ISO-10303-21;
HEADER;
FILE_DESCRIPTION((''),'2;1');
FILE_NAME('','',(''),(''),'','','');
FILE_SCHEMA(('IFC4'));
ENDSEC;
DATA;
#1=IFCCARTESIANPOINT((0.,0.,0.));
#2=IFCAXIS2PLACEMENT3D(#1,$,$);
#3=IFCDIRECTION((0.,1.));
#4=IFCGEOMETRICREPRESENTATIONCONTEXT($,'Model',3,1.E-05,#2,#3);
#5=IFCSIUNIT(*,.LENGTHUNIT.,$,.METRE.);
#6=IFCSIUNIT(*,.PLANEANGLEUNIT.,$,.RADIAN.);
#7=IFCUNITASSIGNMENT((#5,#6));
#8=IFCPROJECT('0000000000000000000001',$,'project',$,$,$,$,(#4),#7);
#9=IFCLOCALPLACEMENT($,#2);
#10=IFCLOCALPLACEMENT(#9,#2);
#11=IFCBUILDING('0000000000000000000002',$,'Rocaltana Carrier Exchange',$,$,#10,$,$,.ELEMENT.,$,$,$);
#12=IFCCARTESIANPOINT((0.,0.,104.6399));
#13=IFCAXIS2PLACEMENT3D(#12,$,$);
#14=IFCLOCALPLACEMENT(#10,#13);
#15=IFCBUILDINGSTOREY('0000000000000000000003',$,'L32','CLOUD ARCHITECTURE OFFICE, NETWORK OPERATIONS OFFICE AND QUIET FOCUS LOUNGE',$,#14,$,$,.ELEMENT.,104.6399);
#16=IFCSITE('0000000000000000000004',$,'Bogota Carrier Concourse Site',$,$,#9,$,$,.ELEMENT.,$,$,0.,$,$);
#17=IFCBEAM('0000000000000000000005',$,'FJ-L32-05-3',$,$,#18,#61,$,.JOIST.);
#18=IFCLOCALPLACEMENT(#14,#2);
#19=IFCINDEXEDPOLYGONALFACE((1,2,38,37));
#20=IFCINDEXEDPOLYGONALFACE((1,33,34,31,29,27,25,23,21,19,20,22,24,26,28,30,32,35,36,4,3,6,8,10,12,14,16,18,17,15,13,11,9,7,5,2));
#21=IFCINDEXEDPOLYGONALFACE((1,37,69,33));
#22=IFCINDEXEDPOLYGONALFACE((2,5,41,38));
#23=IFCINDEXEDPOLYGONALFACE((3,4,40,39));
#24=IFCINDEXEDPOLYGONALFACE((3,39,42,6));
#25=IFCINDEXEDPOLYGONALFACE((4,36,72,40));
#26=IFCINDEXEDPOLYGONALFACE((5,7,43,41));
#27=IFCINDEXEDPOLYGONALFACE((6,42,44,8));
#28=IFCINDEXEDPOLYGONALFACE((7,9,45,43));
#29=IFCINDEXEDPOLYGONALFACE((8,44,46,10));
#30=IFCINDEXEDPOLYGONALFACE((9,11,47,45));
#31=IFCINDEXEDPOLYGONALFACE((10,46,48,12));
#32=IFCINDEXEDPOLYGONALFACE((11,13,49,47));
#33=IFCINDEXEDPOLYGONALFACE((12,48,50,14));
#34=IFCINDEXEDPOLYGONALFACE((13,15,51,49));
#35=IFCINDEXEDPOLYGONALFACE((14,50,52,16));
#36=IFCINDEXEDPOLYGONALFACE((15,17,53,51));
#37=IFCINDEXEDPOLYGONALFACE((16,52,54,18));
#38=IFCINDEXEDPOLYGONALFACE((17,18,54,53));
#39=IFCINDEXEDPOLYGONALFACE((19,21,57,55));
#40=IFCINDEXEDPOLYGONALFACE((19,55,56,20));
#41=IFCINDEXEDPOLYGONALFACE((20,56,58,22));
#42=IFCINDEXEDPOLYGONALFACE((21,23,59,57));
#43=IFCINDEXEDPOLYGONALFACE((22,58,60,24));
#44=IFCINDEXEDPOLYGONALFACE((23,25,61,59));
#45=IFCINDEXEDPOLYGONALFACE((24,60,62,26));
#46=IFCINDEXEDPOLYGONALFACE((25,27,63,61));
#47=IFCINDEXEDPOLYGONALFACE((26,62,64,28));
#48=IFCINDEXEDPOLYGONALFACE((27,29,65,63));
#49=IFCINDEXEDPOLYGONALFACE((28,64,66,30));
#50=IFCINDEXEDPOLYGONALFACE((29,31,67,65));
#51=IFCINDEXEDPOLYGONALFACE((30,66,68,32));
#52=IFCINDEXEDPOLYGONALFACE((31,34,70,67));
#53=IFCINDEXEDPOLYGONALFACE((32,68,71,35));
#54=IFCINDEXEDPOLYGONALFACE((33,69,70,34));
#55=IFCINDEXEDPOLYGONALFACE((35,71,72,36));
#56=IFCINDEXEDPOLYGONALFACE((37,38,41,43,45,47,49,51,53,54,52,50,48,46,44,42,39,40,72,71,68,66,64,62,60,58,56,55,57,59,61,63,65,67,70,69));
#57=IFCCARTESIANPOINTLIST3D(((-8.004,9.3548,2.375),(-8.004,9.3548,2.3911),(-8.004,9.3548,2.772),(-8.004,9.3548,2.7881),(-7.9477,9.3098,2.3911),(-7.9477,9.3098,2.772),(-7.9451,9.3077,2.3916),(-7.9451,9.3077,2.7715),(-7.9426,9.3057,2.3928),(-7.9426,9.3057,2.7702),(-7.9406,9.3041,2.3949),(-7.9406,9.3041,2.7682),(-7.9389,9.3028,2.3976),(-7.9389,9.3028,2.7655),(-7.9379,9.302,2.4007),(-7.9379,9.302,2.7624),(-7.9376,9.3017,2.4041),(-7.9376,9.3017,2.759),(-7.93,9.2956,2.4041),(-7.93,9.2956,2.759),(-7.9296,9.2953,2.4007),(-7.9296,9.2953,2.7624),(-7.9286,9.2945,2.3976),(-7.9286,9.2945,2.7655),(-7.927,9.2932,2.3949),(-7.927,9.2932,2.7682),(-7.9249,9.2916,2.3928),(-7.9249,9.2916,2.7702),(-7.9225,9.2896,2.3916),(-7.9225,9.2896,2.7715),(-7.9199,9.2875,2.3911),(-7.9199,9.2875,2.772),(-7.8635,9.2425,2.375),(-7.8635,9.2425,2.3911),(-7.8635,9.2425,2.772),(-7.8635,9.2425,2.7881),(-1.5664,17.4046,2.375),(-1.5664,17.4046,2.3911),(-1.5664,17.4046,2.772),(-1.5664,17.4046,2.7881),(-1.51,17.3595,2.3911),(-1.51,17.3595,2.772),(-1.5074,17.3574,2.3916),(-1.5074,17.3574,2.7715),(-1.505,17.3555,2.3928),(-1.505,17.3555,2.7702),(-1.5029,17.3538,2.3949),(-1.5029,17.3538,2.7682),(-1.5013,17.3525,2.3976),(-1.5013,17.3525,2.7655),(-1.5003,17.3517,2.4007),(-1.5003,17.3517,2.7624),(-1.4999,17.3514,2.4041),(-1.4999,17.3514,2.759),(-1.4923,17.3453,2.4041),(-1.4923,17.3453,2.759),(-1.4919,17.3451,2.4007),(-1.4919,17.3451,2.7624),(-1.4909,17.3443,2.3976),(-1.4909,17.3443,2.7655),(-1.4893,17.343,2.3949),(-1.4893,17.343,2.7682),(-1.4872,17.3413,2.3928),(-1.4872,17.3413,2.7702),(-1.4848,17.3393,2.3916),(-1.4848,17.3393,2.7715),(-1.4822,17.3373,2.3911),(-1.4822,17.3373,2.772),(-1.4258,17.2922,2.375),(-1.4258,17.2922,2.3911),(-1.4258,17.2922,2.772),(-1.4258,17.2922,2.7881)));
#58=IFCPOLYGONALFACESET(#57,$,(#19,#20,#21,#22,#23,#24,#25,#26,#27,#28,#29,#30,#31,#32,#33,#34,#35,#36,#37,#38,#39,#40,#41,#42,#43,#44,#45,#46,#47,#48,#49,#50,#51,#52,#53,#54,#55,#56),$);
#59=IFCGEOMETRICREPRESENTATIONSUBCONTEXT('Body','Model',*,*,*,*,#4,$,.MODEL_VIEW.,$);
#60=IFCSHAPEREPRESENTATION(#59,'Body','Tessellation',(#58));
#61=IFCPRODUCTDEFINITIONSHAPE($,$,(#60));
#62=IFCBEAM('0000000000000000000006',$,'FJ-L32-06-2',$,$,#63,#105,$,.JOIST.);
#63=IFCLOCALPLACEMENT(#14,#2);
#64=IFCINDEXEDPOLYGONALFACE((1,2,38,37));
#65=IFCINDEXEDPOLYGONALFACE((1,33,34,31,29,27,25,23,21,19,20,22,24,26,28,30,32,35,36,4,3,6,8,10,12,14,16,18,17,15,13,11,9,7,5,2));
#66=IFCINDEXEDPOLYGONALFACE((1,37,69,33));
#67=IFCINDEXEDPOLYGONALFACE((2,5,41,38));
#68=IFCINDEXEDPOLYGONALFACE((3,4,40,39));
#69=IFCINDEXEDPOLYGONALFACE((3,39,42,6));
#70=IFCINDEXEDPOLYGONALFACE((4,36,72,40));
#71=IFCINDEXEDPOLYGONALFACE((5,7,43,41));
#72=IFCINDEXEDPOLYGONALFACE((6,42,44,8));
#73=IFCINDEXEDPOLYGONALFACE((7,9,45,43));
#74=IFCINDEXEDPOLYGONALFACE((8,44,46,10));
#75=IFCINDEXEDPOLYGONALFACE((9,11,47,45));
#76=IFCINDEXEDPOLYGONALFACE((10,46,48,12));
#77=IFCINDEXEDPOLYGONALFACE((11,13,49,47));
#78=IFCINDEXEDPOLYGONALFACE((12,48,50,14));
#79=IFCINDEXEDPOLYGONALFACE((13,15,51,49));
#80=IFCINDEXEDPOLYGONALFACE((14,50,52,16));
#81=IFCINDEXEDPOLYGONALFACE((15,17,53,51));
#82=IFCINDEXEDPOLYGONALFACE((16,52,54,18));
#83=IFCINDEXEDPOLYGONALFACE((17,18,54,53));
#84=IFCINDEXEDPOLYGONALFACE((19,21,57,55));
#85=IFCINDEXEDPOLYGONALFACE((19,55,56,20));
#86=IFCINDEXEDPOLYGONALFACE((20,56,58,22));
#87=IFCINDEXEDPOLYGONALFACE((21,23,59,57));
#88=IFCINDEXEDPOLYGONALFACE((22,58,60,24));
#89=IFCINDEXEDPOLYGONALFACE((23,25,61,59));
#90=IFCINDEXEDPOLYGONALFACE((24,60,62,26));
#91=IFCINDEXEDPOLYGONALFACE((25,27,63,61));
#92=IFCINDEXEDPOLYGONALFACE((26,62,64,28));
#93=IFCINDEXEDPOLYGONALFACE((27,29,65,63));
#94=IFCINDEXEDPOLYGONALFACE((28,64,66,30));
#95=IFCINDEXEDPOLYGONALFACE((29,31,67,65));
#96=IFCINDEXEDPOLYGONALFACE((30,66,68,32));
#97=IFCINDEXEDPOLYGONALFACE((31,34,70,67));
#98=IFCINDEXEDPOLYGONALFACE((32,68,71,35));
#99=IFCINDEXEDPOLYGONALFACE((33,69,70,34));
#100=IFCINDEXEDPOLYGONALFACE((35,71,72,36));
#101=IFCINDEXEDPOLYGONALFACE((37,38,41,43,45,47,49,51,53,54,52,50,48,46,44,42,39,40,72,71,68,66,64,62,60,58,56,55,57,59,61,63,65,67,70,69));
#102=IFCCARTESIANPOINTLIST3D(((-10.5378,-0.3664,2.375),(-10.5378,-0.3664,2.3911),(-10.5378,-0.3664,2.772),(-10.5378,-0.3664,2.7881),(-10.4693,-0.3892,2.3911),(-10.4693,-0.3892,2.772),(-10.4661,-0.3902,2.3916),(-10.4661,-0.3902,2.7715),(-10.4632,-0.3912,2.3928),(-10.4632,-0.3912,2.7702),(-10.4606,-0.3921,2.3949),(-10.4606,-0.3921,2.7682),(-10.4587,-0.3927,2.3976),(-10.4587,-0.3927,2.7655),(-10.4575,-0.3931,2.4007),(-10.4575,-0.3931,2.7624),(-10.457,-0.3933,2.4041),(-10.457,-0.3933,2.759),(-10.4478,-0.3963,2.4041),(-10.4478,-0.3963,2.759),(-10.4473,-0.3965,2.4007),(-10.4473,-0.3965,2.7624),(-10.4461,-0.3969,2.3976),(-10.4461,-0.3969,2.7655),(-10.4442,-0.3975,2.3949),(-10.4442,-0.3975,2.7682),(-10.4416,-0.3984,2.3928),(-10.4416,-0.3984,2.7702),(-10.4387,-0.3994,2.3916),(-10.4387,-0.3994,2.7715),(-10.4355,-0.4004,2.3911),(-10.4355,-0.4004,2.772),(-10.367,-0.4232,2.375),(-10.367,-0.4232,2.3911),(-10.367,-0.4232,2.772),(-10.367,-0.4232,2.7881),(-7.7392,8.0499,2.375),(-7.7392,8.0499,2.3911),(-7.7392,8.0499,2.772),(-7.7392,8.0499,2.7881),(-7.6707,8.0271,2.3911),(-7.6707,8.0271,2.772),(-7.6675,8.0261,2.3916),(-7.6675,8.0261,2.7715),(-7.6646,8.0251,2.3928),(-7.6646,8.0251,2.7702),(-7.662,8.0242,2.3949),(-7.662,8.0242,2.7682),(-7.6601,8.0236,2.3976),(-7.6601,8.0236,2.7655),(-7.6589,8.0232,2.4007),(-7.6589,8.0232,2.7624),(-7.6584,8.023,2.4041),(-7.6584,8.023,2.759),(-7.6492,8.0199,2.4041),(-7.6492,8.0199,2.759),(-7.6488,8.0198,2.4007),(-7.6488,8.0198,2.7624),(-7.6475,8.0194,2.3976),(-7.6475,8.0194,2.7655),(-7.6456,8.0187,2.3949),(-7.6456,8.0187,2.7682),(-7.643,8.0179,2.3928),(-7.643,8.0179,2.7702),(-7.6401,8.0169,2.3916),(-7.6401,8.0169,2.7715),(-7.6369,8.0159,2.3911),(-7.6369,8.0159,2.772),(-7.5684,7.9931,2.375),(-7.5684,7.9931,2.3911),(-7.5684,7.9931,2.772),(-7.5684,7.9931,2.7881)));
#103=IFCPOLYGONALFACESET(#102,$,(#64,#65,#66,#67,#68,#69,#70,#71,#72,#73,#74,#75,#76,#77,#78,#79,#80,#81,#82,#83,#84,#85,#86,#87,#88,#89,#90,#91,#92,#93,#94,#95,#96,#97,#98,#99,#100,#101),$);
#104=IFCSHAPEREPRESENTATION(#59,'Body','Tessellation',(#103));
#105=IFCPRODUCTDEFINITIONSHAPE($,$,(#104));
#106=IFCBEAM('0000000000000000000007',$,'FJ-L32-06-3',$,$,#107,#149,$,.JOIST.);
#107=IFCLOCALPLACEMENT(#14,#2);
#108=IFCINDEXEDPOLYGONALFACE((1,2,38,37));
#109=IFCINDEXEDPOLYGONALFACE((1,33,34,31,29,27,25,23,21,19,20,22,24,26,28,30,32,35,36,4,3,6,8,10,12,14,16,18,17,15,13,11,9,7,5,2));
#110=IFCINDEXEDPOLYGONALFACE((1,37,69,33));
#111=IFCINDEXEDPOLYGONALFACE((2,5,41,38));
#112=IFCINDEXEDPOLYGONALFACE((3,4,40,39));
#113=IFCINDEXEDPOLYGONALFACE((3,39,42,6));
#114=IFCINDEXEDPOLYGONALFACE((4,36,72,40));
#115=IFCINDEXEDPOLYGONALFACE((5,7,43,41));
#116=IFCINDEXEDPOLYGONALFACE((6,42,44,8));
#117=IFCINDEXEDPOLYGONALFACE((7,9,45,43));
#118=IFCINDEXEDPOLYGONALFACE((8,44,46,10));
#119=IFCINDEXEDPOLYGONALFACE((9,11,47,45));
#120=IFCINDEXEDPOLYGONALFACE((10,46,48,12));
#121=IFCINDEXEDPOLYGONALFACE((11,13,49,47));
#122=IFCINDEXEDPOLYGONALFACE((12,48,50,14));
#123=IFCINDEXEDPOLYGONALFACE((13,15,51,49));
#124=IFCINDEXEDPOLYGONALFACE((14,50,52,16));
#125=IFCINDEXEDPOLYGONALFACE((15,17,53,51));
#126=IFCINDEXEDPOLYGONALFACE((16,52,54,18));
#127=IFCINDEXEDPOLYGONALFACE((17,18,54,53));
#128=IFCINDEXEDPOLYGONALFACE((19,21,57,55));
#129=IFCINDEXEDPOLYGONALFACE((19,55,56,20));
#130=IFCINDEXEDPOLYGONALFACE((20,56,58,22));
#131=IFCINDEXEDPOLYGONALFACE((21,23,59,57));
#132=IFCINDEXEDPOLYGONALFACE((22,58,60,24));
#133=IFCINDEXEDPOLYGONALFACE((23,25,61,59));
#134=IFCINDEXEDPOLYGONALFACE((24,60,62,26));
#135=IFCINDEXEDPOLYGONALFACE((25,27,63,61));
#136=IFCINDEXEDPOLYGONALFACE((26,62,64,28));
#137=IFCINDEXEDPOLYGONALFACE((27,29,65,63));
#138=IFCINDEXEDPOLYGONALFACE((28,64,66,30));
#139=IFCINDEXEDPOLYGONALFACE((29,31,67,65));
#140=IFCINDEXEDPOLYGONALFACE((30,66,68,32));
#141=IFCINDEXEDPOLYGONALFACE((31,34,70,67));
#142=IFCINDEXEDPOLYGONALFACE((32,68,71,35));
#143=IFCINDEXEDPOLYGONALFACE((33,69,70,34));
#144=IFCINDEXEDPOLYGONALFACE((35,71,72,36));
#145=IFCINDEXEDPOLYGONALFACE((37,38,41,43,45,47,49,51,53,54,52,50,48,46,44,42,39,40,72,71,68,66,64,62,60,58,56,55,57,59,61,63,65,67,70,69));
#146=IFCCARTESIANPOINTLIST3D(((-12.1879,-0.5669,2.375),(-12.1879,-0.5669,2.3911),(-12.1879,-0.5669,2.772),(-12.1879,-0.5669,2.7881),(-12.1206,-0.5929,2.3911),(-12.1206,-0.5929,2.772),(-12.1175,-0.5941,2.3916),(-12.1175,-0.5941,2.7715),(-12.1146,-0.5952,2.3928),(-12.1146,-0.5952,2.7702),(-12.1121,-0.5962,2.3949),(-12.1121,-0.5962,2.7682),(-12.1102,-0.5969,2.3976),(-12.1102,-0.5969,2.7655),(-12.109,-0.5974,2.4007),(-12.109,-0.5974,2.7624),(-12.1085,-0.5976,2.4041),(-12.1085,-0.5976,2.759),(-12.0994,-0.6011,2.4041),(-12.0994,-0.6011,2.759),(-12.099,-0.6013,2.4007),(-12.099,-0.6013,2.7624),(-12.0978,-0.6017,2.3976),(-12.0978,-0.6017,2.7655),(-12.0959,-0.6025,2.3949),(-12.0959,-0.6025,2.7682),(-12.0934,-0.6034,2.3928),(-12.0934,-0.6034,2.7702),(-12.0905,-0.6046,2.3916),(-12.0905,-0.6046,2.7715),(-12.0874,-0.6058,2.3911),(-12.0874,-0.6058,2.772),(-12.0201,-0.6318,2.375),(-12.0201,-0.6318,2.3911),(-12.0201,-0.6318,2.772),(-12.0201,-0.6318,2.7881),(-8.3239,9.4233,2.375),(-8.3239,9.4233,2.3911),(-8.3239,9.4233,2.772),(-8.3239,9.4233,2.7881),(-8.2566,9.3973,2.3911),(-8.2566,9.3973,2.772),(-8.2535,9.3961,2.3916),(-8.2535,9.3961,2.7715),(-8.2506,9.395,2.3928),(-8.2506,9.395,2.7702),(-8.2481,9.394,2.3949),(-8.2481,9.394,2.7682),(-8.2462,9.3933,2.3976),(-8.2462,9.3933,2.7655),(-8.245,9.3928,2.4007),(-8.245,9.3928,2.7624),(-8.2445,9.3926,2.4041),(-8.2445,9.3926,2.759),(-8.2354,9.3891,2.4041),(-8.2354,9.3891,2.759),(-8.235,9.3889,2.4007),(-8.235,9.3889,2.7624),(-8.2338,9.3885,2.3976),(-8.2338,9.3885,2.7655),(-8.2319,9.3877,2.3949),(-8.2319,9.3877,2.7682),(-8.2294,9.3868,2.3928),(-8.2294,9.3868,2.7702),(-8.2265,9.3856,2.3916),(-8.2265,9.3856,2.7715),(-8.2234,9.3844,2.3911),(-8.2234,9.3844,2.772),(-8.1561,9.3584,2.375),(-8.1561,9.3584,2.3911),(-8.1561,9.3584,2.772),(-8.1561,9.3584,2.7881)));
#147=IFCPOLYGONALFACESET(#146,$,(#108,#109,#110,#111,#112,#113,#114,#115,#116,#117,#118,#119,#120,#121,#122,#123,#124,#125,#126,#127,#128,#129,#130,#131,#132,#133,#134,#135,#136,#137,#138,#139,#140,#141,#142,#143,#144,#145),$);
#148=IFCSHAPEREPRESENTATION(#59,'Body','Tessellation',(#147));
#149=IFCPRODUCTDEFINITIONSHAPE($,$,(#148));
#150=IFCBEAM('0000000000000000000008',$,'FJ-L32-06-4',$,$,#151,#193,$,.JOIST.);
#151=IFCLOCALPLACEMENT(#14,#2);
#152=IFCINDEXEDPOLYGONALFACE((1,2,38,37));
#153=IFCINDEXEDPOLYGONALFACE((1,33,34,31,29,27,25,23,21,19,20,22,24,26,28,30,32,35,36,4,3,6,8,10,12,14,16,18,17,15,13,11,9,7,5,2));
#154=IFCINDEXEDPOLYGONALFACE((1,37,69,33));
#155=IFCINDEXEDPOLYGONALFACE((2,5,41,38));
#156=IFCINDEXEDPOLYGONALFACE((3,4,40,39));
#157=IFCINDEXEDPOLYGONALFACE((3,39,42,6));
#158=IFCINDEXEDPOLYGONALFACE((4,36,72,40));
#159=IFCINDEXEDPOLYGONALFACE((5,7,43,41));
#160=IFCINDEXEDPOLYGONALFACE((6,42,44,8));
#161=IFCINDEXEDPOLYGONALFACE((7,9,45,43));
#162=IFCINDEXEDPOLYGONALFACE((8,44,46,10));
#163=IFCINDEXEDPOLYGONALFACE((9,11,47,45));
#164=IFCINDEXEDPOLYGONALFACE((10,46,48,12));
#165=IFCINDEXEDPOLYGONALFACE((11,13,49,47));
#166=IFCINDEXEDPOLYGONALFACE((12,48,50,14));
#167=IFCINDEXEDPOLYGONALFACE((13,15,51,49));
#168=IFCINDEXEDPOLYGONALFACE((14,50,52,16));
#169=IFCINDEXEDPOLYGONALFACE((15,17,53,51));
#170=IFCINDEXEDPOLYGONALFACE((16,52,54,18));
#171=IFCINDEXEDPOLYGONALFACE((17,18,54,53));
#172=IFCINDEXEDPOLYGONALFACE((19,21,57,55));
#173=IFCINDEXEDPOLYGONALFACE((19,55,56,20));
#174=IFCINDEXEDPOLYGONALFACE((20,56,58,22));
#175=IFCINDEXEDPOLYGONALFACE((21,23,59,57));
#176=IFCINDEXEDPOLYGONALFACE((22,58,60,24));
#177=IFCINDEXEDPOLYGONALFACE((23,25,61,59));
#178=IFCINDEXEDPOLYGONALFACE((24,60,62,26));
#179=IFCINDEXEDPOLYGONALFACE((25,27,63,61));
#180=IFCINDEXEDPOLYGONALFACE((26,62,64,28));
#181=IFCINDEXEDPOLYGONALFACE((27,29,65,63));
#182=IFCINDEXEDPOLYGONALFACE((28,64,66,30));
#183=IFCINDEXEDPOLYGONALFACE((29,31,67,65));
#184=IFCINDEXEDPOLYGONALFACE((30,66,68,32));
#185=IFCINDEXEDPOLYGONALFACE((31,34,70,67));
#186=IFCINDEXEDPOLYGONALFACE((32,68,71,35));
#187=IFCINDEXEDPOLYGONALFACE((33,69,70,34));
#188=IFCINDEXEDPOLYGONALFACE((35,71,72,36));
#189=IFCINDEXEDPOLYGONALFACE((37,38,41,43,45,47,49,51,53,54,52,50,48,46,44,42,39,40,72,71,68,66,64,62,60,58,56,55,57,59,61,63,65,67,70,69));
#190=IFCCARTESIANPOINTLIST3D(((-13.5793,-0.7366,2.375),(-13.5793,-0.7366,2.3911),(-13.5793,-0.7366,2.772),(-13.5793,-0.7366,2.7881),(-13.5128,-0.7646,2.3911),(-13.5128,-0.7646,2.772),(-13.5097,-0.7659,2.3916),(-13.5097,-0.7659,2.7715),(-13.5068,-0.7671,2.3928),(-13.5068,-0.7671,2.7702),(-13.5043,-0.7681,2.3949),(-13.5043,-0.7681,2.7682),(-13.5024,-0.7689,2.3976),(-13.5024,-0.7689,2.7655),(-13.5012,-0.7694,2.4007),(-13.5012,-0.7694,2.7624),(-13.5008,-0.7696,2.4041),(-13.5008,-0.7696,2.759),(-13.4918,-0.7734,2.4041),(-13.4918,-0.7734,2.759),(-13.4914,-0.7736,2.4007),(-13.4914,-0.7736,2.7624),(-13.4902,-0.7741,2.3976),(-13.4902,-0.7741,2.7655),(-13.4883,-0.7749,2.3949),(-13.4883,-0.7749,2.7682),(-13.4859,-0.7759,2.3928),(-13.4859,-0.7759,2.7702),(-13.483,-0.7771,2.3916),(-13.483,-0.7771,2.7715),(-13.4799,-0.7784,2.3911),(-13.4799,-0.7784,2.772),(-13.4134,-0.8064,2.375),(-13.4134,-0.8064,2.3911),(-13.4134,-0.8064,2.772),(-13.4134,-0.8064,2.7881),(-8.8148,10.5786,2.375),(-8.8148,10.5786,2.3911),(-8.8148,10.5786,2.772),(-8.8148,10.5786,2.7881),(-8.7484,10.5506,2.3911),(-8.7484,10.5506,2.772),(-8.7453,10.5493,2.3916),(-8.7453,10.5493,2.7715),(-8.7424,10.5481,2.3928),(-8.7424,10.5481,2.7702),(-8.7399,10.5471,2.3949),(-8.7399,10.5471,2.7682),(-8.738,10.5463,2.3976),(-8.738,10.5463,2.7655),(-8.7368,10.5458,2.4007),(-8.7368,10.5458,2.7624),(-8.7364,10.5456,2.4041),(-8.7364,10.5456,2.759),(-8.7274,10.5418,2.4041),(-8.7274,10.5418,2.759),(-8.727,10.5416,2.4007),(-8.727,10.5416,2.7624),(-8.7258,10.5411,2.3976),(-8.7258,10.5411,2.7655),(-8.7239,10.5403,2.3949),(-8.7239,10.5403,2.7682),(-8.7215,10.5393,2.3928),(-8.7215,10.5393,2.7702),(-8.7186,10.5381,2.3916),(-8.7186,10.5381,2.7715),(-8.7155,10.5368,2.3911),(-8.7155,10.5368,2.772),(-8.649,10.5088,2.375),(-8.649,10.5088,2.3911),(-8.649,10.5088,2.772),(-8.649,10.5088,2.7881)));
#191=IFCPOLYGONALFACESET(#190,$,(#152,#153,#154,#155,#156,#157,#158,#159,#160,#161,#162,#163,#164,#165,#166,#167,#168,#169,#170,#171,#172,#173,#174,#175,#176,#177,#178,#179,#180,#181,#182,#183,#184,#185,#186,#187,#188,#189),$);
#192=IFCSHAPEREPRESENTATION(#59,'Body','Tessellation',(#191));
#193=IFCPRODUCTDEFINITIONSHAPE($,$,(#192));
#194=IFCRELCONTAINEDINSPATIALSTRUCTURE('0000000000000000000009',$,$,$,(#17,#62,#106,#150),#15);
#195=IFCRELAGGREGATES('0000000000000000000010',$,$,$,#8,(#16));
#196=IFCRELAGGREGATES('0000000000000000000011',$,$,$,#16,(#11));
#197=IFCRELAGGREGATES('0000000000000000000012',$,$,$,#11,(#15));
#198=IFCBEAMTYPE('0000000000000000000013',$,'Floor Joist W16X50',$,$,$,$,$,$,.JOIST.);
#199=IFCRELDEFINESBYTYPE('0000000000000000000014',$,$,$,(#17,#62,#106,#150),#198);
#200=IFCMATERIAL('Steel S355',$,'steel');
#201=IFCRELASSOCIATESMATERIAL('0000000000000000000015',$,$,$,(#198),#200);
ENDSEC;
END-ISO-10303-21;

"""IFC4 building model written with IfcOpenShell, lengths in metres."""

from ifc_helpers import new_model, si_unit, direction, frame, origin, origin_2d, place, context, subcontext, project, spatial, i_section, extrude, material, material_profile, profile_set, type_object, element, save


model = new_model("IFC4")

# Units and contexts
model_context = context("Model", 3, precision=1e-05, world=origin(), true_north=direction((0.0, 1.0)))
body_context = subcontext(model_context, "Body", "Model", "MODEL_VIEW")
ifc_project = project(units=[si_unit("LENGTHUNIT", "METRE"), si_unit("PLANEANGLEUNIT", "RADIAN")], contexts=[model_context])

# Site, building, storey
site_placement = place(None, origin())
site = spatial("IfcSite", under=ifc_project, at=site_placement, Name="Bogota Carrier Concourse Site", CompositionType="ELEMENT", RefElevation=0.0)
building_placement = place(site_placement, origin())
building = spatial("IfcBuilding", under=site, at=building_placement, Name="Rocaltana Carrier Exchange", CompositionType="ELEMENT")
storey_placement = place(building_placement, frame((0.0, 0.0, 104.6399)))
storey = spatial("IfcBuildingStorey", under=building, at=storey_placement, Name="L32", Description="CLOUD ARCHITECTURE OFFICE, NETWORK OPERATIONS OFFICE AND QUIET FOCUS LOUNGE", CompositionType="ELEMENT", Elevation=104.6399)

# Beams
ifc_material_1 = material(Name="Steel S355", Category="steel")
ifc_material_profile_1 = material_profile(ifc_material_1, i_section(OverallWidth=0.1799, OverallDepth=0.4131, WebThickness=0.0098, FlangeThickness=0.0161, FilletRadius=0.0129, at=origin_2d()), Name="W16X50")
ifc_profile_set_1 = profile_set([ifc_material_profile_1], Name="Steel S355")
beam_type_1 = type_object("IfcBeamType", Name="Floor Joist W16X50", PredefinedType="JOIST", material=ifc_profile_set_1)
beam_1_placement = place(storey_placement, frame((-1.4961, 17.3484, 2.5815), z_axis=(-0.624571, -0.780968, 0.0), x_axis=(0.780968, -0.624571, 0.0)))
element("IfcBeam", 1, at=beam_1_placement, inside=storey, type_object=beam_type_1, Name="FJ-L32-05-3", PredefinedType="JOIST", context=body_context, shape_type="SweptSolid", body=[
    extrude(i_section(OverallWidth=0.1799, OverallDepth=0.4131, WebThickness=0.0098, FlangeThickness=0.0161, FilletRadius=0.0129, at=origin_2d()), origin(), (0.0, 0.0, 1.0), 10.3074),
])
beam_2_placement = place(storey_placement, frame((-7.6538, 8.0215, 2.5815), z_axis=(-0.315534, -0.948914, 0.0), x_axis=(0.948914, -0.315534, 0.0)))
element("IfcBeam", 2, at=beam_2_placement, inside=storey, type_object=beam_type_1, Name="FJ-L32-06-2", PredefinedType="JOIST", context=body_context, shape_type="SweptSolid", body=[
    extrude(i_section(OverallWidth=0.1799, OverallDepth=0.4131, WebThickness=0.0098, FlangeThickness=0.0161, FilletRadius=0.0129, at=origin_2d()), origin(), (0.0, 0.0, 1.0), 8.8694),
])
beam_3_placement = place(storey_placement, frame((-8.24, 9.3909, 2.5815), z_axis=(-0.360736, -0.932668, 0.0), x_axis=(0.932668, -0.360736, 0.0)))
element("IfcBeam", 3, at=beam_3_placement, inside=storey, type_object=beam_type_1, Name="FJ-L32-06-3", PredefinedType="JOIST", context=body_context, shape_type="SweptSolid", body=[
    extrude(i_section(OverallWidth=0.1799, OverallDepth=0.4131, WebThickness=0.0098, FlangeThickness=0.0161, FilletRadius=0.0129, at=origin_2d()), origin(), (0.0, 0.0, 1.0), 10.7114),
])
beam_4_placement = place(storey_placement, frame((-8.7319, 10.5437, 2.5815), z_axis=(-0.388065, -0.921632, 0.0), x_axis=(0.921632, -0.388065, 0.0)))
element("IfcBeam", 4, at=beam_4_placement, inside=storey, type_object=beam_type_1, Name="FJ-L32-06-4", PredefinedType="JOIST", context=body_context, shape_type="SweptSolid", body=[
    extrude(i_section(OverallWidth=0.1799, OverallDepth=0.4131, WebThickness=0.0098, FlangeThickness=0.0161, FilletRadius=0.0129, at=origin_2d()), origin(), (0.0, 0.0, 1.0), 12.2773),
])

save(model, "model.ifc")
